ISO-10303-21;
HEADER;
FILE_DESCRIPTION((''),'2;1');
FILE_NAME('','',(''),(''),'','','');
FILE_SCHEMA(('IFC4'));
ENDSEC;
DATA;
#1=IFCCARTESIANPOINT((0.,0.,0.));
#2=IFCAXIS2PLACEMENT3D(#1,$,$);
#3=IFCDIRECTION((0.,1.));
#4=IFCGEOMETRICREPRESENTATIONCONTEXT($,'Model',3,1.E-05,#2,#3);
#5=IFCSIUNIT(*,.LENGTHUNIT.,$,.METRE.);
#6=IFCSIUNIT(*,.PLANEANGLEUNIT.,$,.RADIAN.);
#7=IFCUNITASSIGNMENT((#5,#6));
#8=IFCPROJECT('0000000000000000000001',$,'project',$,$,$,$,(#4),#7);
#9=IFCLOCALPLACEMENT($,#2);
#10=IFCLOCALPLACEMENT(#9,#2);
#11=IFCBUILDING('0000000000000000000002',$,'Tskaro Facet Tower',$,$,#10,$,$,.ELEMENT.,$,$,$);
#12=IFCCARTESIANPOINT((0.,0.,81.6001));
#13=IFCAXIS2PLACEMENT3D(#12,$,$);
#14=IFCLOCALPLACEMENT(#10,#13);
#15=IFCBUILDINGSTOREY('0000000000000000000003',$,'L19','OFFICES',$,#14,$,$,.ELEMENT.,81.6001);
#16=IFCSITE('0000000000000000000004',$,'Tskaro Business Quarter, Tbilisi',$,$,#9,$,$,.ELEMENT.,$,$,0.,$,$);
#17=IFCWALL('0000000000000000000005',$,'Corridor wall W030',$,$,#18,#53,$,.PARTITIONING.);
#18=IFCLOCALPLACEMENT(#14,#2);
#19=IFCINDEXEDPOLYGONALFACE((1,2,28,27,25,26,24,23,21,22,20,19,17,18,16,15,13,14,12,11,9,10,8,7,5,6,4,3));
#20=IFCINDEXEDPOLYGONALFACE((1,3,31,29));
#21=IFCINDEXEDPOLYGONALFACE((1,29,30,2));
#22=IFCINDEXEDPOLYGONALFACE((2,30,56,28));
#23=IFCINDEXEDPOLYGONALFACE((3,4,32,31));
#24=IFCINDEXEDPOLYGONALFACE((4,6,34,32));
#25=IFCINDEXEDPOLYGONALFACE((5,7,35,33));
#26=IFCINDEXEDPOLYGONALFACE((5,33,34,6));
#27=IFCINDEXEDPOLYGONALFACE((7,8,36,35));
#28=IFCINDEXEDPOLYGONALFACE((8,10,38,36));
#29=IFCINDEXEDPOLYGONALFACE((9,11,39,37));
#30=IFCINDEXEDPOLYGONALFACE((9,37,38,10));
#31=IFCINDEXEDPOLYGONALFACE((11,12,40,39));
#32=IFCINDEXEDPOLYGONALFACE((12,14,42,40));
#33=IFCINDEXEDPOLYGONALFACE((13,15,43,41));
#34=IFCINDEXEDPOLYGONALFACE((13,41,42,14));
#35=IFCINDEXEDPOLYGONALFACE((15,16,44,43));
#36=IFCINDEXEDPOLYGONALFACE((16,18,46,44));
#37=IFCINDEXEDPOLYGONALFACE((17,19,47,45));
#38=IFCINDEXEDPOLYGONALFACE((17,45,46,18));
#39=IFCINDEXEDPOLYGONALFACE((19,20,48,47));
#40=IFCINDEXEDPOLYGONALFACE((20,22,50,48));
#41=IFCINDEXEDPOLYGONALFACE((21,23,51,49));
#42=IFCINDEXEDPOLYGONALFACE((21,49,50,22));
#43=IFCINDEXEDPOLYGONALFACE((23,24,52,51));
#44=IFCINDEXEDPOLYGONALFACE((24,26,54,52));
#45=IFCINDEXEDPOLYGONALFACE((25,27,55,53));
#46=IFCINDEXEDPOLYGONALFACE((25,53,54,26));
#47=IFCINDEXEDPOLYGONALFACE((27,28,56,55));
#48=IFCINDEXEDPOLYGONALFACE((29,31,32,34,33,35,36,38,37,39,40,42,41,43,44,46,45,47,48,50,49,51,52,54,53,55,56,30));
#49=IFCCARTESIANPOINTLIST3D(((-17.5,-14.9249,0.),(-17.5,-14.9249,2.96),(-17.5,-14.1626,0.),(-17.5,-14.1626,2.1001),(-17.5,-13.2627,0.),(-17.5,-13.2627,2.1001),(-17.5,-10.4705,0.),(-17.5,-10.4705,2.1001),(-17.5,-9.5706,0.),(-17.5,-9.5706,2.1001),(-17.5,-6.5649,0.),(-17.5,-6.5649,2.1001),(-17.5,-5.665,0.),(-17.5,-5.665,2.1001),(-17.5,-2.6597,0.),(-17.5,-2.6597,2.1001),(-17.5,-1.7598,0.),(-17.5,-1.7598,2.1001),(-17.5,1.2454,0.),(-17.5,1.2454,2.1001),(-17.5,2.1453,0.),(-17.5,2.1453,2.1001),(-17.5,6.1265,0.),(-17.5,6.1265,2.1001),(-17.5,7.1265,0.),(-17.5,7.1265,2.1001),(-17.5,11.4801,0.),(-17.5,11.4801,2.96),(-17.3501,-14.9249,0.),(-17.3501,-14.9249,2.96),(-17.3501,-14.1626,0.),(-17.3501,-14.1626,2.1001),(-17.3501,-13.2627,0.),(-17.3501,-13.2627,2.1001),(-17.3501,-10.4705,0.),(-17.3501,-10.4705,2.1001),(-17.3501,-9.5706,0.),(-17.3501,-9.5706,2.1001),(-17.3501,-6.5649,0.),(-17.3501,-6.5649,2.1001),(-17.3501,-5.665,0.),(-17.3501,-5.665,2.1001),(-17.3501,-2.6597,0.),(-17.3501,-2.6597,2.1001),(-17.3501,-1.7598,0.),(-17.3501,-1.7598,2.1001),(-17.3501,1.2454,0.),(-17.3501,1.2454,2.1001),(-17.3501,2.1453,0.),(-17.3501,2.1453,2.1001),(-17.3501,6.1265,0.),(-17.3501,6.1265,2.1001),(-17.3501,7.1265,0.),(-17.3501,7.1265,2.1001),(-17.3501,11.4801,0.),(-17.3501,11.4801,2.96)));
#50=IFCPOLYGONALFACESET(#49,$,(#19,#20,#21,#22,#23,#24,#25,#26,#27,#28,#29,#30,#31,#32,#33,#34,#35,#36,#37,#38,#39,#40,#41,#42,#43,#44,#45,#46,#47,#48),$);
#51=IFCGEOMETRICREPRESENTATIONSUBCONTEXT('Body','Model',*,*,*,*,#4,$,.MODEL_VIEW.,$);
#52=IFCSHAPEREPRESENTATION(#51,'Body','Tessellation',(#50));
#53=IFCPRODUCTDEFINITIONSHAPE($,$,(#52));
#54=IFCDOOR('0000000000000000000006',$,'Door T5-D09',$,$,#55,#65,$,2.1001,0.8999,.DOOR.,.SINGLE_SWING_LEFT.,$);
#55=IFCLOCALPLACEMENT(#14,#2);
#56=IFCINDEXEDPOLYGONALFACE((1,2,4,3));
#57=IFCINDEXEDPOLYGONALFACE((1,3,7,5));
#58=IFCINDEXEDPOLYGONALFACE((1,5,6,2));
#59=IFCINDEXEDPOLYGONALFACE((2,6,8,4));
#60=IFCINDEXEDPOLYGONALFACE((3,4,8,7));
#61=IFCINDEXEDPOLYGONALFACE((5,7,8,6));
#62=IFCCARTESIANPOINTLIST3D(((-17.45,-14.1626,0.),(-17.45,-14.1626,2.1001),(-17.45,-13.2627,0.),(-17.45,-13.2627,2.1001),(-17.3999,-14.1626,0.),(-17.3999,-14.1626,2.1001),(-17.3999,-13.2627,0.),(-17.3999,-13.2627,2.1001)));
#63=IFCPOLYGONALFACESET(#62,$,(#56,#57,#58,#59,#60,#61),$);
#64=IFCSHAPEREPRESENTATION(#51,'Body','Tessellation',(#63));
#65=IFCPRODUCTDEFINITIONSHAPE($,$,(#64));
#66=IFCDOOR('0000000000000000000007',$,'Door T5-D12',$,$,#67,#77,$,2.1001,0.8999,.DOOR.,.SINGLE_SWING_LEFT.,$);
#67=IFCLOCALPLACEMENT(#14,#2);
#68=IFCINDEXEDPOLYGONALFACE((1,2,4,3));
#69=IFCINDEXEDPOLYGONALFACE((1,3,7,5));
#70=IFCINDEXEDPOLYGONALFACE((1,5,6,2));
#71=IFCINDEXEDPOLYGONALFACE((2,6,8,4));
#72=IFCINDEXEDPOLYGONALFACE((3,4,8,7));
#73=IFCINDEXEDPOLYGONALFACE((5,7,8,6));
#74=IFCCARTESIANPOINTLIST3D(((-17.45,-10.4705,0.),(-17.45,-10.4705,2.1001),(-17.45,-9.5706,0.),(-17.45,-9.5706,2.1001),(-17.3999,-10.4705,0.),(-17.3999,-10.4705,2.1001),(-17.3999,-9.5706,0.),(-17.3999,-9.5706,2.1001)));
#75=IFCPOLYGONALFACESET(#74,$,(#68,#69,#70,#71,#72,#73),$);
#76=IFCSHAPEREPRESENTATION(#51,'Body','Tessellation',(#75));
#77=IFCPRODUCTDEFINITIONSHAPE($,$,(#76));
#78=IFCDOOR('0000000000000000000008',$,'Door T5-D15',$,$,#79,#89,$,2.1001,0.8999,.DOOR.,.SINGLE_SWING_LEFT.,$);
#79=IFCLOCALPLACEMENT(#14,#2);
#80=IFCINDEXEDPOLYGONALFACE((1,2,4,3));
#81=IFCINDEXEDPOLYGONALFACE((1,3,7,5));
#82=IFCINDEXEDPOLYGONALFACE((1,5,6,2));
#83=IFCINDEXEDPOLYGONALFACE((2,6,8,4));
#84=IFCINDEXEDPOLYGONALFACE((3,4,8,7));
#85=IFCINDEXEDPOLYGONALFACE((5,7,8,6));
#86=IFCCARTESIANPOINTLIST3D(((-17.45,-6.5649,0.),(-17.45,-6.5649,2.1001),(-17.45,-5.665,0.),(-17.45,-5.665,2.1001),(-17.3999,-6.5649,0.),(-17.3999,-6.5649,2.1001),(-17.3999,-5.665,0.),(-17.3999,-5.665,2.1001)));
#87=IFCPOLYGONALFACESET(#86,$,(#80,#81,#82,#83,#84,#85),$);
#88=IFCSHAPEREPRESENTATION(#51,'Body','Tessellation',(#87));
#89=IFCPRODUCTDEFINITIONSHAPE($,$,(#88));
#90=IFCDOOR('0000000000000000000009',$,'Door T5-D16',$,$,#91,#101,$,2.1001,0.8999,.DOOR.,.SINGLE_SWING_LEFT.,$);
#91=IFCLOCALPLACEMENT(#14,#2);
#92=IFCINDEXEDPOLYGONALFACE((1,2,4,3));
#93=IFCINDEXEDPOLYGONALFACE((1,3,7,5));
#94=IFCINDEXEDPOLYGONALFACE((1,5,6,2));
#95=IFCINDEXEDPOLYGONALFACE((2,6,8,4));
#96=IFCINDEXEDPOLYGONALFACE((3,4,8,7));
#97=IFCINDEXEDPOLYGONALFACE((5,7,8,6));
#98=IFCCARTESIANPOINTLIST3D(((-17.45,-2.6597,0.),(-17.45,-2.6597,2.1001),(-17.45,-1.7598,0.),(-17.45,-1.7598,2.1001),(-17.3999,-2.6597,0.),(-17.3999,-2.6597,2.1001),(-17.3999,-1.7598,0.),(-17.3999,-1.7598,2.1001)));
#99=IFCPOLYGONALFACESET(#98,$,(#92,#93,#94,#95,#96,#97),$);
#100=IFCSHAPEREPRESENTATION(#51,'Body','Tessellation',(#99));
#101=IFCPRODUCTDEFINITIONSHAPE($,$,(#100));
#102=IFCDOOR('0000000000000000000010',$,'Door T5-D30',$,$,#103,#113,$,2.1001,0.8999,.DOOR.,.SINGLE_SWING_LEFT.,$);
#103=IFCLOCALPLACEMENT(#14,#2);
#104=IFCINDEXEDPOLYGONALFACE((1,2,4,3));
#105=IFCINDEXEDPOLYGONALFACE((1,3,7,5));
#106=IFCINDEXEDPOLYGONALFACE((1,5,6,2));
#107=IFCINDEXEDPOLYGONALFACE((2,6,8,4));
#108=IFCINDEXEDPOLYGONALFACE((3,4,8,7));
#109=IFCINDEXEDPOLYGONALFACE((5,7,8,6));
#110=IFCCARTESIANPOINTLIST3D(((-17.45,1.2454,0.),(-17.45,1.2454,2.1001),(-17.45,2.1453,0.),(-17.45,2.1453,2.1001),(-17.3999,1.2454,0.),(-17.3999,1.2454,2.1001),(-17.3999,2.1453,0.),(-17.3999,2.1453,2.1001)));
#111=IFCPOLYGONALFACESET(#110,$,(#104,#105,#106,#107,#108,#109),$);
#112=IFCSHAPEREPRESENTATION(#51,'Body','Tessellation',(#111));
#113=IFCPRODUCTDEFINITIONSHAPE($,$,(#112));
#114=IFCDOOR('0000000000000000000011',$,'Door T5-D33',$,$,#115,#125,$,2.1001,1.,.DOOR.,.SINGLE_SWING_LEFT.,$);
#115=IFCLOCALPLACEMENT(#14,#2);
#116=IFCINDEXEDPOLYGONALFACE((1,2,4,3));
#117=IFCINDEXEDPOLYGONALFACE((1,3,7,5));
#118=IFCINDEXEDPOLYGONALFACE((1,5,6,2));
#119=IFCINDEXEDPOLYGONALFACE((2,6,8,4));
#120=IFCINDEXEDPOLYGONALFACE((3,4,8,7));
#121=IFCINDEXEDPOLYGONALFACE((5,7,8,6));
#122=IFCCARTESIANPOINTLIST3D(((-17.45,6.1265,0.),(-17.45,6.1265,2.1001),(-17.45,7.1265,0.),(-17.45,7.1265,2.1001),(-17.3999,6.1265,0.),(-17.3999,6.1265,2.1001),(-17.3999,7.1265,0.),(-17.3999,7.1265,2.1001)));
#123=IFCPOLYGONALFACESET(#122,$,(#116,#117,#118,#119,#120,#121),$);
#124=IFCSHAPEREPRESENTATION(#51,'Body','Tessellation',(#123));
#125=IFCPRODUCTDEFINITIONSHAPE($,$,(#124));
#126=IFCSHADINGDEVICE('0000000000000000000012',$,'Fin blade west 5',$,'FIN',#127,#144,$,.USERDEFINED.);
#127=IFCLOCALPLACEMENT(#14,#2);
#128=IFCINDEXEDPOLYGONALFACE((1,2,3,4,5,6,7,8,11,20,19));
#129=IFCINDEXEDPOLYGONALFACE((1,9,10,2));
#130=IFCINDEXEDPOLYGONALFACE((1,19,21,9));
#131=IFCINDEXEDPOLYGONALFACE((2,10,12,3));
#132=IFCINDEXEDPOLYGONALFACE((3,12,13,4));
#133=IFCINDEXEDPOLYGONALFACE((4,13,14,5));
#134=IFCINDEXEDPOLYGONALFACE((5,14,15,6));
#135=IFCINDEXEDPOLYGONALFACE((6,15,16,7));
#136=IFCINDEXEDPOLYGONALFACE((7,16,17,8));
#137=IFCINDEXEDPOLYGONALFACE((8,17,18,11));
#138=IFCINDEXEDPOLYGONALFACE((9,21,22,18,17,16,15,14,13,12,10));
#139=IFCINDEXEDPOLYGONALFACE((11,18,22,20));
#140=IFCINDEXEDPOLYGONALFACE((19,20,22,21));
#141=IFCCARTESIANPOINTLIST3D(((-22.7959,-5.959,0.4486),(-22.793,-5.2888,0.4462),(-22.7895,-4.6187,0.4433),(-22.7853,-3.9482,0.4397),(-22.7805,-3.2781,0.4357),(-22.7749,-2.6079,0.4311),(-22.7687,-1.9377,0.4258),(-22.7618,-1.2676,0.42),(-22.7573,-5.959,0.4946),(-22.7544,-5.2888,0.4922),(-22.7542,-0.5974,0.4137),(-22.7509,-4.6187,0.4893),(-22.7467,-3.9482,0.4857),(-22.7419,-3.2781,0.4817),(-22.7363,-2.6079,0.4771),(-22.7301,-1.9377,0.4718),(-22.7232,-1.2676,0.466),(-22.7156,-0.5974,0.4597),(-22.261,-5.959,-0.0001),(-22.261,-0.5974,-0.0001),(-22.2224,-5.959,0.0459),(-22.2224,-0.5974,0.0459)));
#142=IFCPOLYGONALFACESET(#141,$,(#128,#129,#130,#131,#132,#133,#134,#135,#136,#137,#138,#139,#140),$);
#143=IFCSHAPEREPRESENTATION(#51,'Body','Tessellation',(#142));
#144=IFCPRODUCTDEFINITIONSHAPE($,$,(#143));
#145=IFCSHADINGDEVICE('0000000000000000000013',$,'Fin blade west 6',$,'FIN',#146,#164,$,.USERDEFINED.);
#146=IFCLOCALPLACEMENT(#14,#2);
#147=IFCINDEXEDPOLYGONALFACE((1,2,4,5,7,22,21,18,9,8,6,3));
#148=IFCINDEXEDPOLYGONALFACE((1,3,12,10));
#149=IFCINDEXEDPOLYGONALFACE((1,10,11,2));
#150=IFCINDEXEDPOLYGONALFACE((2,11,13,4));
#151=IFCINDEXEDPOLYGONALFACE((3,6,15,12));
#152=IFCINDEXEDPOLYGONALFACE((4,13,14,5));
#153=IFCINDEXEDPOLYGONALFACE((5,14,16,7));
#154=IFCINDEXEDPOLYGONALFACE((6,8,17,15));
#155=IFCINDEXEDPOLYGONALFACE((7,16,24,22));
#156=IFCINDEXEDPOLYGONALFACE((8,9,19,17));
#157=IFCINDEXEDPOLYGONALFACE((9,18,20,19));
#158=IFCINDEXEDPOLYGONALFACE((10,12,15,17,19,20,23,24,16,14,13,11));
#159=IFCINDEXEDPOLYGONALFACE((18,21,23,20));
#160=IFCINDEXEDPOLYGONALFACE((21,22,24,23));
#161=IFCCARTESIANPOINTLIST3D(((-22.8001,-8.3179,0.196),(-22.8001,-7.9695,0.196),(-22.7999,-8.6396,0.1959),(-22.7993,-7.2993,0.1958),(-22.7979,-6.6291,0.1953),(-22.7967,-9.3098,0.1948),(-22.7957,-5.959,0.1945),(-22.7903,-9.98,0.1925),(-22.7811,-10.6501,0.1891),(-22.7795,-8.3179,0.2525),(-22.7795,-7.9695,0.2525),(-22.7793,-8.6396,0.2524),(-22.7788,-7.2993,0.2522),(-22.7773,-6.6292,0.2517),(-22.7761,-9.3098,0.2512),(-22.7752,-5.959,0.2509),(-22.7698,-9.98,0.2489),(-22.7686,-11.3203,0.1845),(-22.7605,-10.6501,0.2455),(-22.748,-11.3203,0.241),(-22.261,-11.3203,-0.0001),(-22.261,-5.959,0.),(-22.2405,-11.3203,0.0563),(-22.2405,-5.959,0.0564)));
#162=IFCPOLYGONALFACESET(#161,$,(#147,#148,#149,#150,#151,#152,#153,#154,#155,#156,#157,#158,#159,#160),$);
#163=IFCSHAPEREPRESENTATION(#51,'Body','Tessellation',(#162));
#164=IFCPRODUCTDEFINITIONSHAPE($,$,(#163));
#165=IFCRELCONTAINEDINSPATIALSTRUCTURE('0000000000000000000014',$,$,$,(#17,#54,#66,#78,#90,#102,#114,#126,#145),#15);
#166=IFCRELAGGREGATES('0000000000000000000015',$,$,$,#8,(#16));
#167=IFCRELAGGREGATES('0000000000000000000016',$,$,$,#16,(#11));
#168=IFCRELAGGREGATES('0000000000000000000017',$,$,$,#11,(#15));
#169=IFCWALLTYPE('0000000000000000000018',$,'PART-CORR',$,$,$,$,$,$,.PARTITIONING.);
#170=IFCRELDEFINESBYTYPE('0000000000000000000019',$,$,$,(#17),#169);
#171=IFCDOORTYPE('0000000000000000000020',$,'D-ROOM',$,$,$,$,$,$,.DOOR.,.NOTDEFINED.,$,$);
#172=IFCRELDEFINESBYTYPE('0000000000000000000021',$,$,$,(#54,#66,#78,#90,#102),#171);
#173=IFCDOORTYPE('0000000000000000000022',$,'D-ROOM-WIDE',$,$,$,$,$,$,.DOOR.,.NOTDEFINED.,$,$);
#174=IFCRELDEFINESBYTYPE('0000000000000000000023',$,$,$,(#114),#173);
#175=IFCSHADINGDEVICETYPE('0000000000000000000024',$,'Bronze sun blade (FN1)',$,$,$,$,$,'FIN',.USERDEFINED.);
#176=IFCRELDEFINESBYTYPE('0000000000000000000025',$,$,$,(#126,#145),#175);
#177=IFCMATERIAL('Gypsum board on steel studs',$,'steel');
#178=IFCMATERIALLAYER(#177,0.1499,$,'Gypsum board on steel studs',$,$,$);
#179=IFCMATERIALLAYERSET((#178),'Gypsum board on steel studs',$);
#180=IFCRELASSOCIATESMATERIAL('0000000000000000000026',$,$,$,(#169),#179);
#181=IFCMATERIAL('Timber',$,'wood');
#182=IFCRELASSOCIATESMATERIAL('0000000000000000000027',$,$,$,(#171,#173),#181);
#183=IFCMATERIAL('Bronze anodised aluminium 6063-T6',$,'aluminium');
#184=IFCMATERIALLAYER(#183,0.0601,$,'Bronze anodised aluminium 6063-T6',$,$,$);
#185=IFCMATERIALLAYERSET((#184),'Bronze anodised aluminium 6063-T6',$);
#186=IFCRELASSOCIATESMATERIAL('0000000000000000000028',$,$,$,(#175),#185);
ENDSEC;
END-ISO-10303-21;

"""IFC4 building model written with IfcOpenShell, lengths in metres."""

from ifc_helpers import new_model, si_unit, direction, frame, frame_2d, origin, place, context, subcontext, project, spatial, polyline, rectangle, outline, extrude, material, layer, layer_set, type_object, element, fill, save


model = new_model("IFC4")

# Units and contexts
model_context = context("Model", 3, precision=1e-05, world=origin(), true_north=direction((0.0, 1.0)))
body_context = subcontext(model_context, "Body", "Model", "MODEL_VIEW")
ifc_project = project(units=[si_unit("LENGTHUNIT", "METRE"), si_unit("PLANEANGLEUNIT", "RADIAN")], contexts=[model_context])

# Site, building, storey
site_placement = place(None, origin())
site = spatial("IfcSite", under=ifc_project, at=site_placement, Name="Tskaro Business Quarter, Tbilisi", CompositionType="ELEMENT", RefElevation=0.0)
building_placement = place(site_placement, origin())
building = spatial("IfcBuilding", under=site, at=building_placement, Name="Tskaro Facet Tower", CompositionType="ELEMENT")
storey_placement = place(building_placement, frame((0.0, 0.0, 81.6001)))
storey = spatial("IfcBuildingStorey", under=building, at=storey_placement, Name="L19", Description="OFFICES", CompositionType="ELEMENT", Elevation=81.6001)

# Shared definitions
ifc_material_1 = material(Name="Bronze anodised aluminium 6063-T6", Category="aluminium")

# Shared definitions
ifc_material_2 = material(Name="Gypsum board on steel studs", Category="steel")

# Wall, openings, doors
ifc_layer_1 = layer(ifc_material_2, 0.1499, Name="Gypsum board on steel studs")
ifc_layer_set_1 = layer_set([ifc_layer_1], Name="Gypsum board on steel studs")
wall_type_1 = type_object("IfcWallType", Name="PART-CORR", PredefinedType="PARTITIONING", material=ifc_layer_set_1)
wall_placement = place(storey_placement, frame((-17.425, -14.925, 0.0), z_axis=(0.0, 0.0, 1.0), x_axis=(0.0, 1.0, 0.0)))
wall = element("IfcWall", 1, at=wall_placement, inside=storey, type_object=wall_type_1, Name="Corridor wall W030", PredefinedType="PARTITIONING", context=body_context, shape_type="SweptSolid", body=[
    extrude(rectangle(XDim=26.405, YDim=0.1499, at=frame_2d((13.2026, 0.0))), origin(), (0.0, 0.0, 1.0), 2.96),
])
opening_1_placement = place(wall_placement, frame((0.7625, 0.0, 0.0)))
opening_1 = element("IfcOpeningElement", 2, at=opening_1_placement, cuts=wall, PredefinedType="OPENING", context=body_context, shape_type="SweptSolid", body=[
    extrude(rectangle(XDim=0.8999, YDim=2.1001, at=frame_2d((0.45, 1.05))), frame((0.0, 0.085, 0.0), z_axis=(0.0, -1.0, 0.0), x_axis=(1.0, 0.0, 0.0)), (0.0, 0.0, 1.0), 0.1699),
])
opening_2_placement = place(wall_placement, frame((4.4546, 0.0, 0.0)))
opening_2 = element("IfcOpeningElement", 3, at=opening_2_placement, cuts=wall, PredefinedType="OPENING", context=body_context, shape_type="SweptSolid", body=[
    extrude(rectangle(XDim=0.8999, YDim=2.1001, at=frame_2d((0.45, 1.05))), frame((0.0, 0.085, 0.0), z_axis=(0.0, -1.0, 0.0), x_axis=(1.0, 0.0, 0.0)), (0.0, 0.0, 1.0), 0.1699),
])
opening_3_placement = place(wall_placement, frame((8.3601, 0.0, 0.0)))
opening_3 = element("IfcOpeningElement", 4, at=opening_3_placement, cuts=wall, PredefinedType="OPENING", context=body_context, shape_type="SweptSolid", body=[
    extrude(rectangle(XDim=0.8999, YDim=2.1001, at=frame_2d((0.45, 1.05))), frame((0.0, 0.085, 0.0), z_axis=(0.0, -1.0, 0.0), x_axis=(1.0, 0.0, 0.0)), (0.0, 0.0, 1.0), 0.1699),
])
opening_4_placement = place(wall_placement, frame((12.2654, 0.0, 0.0)))
opening_4 = element("IfcOpeningElement", 5, at=opening_4_placement, cuts=wall, PredefinedType="OPENING", context=body_context, shape_type="SweptSolid", body=[
    extrude(rectangle(XDim=0.8999, YDim=2.1001, at=frame_2d((0.45, 1.05))), frame((0.0, 0.085, 0.0), z_axis=(0.0, -1.0, 0.0), x_axis=(1.0, 0.0, 0.0)), (0.0, 0.0, 1.0), 0.1699),
])
opening_5_placement = place(wall_placement, frame((16.1704, 0.0, 0.0)))
opening_5 = element("IfcOpeningElement", 6, at=opening_5_placement, cuts=wall, PredefinedType="OPENING", context=body_context, shape_type="SweptSolid", body=[
    extrude(rectangle(XDim=0.8999, YDim=2.1001, at=frame_2d((0.45, 1.05))), frame((0.0, 0.085, 0.0), z_axis=(0.0, -1.0, 0.0), x_axis=(1.0, 0.0, 0.0)), (0.0, 0.0, 1.0), 0.1699),
])
opening_6_placement = place(wall_placement, frame((21.0515, 0.0, 0.0)))
opening_6 = element("IfcOpeningElement", 7, at=opening_6_placement, cuts=wall, PredefinedType="OPENING", context=body_context, shape_type="SweptSolid", body=[
    extrude(rectangle(XDim=1.0, YDim=2.1001, at=frame_2d((0.5, 1.05))), frame((0.0, 0.085, 0.0), z_axis=(0.0, -1.0, 0.0), x_axis=(1.0, 0.0, 0.0)), (0.0, 0.0, 1.0), 0.1699),
])
ifc_material_3 = material(Name="Timber", Category="wood")
door_type_1 = type_object("IfcDoorType", Name="D-ROOM", OperationType="NOTDEFINED", PredefinedType="DOOR", material=ifc_material_3)
door_1_placement = place(opening_1_placement, origin())
door_1 = element("IfcDoor", 8, at=door_1_placement, inside=storey, type_object=door_type_1, Name="Door T5-D09", OperationType="SINGLE_SWING_LEFT", OverallHeight=2.1001, OverallWidth=0.8999, PredefinedType="DOOR", context=body_context, shape_type="SweptSolid", body=[
    extrude(rectangle(XDim=0.8999, YDim=2.1001, at=frame_2d((0.45, 1.05))), frame((0.0, 0.0249, 0.0), z_axis=(0.0, -1.0, 0.0), x_axis=(1.0, 0.0, 0.0)), (0.0, 0.0, 1.0), 0.05),
])
fill(opening_1, door_1)
door_2_placement = place(opening_2_placement, origin())
door_2 = element("IfcDoor", 9, at=door_2_placement, inside=storey, type_object=door_type_1, Name="Door T5-D12", OperationType="SINGLE_SWING_LEFT", OverallHeight=2.1001, OverallWidth=0.8999, PredefinedType="DOOR", context=body_context, shape_type="SweptSolid", body=[
    extrude(rectangle(XDim=0.8999, YDim=2.1001, at=frame_2d((0.45, 1.05))), frame((0.0, 0.0249, 0.0), z_axis=(0.0, -1.0, 0.0), x_axis=(1.0, 0.0, 0.0)), (0.0, 0.0, 1.0), 0.05),
])
fill(opening_2, door_2)
door_3_placement = place(opening_3_placement, origin())
door_3 = element("IfcDoor", 10, at=door_3_placement, inside=storey, type_object=door_type_1, Name="Door T5-D15", OperationType="SINGLE_SWING_LEFT", OverallHeight=2.1001, OverallWidth=0.8999, PredefinedType="DOOR", context=body_context, shape_type="SweptSolid", body=[
    extrude(rectangle(XDim=0.8999, YDim=2.1001, at=frame_2d((0.45, 1.05))), frame((0.0, 0.0249, 0.0), z_axis=(0.0, -1.0, 0.0), x_axis=(1.0, 0.0, 0.0)), (0.0, 0.0, 1.0), 0.05),
])
fill(opening_3, door_3)
door_4_placement = place(opening_4_placement, origin())
door_4 = element("IfcDoor", 11, at=door_4_placement, inside=storey, type_object=door_type_1, Name="Door T5-D16", OperationType="SINGLE_SWING_LEFT", OverallHeight=2.1001, OverallWidth=0.8999, PredefinedType="DOOR", context=body_context, shape_type="SweptSolid", body=[
    extrude(rectangle(XDim=0.8999, YDim=2.1001, at=frame_2d((0.45, 1.05))), frame((0.0, 0.0249, 0.0), z_axis=(0.0, -1.0, 0.0), x_axis=(1.0, 0.0, 0.0)), (0.0, 0.0, 1.0), 0.05),
])
fill(opening_4, door_4)
door_5_placement = place(opening_5_placement, origin())
door_5 = element("IfcDoor", 12, at=door_5_placement, inside=storey, type_object=door_type_1, Name="Door T5-D30", OperationType="SINGLE_SWING_LEFT", OverallHeight=2.1001, OverallWidth=0.8999, PredefinedType="DOOR", context=body_context, shape_type="SweptSolid", body=[
    extrude(rectangle(XDim=0.8999, YDim=2.1001, at=frame_2d((0.45, 1.05))), frame((0.0, 0.0249, 0.0), z_axis=(0.0, -1.0, 0.0), x_axis=(1.0, 0.0, 0.0)), (0.0, 0.0, 1.0), 0.05),
])
fill(opening_5, door_5)
door_type_2 = type_object("IfcDoorType", Name="D-ROOM-WIDE", OperationType="NOTDEFINED", PredefinedType="DOOR", material=ifc_material_3)
door_6_placement = place(opening_6_placement, origin())
door_6 = element("IfcDoor", 13, at=door_6_placement, inside=storey, type_object=door_type_2, Name="Door T5-D33", OperationType="SINGLE_SWING_LEFT", OverallHeight=2.1001, OverallWidth=1.0, PredefinedType="DOOR", context=body_context, shape_type="SweptSolid", body=[
    extrude(rectangle(XDim=1.0, YDim=2.1001, at=frame_2d((0.5, 1.05))), frame((0.0, 0.0249, 0.0), z_axis=(0.0, -1.0, 0.0), x_axis=(1.0, 0.0, 0.0)), (0.0, 0.0, 1.0), 0.05),
])
fill(opening_6, door_6)

# Shading devices
ifc_layer_2 = layer(ifc_material_1, 0.0601, Name="Bronze anodised aluminium 6063-T6")
ifc_layer_set_2 = layer_set([ifc_layer_2], Name="Bronze anodised aluminium 6063-T6")
shading_device_type = type_object("IfcShadingDeviceType", Name="Bronze sun blade (FN1)", ElementType="FIN", PredefinedType="USERDEFINED", material=ifc_layer_set_2)
shading_device_1_placement = place(storey_placement, frame((-22.2224, -0.5974, 0.0459), z_axis=(0.642756, -0.000008, 0.766071), x_axis=(-0.000005, -1.0, -0.000006)))
element("IfcShadingDevice", 14, at=shading_device_1_placement, inside=storey, type_object=shading_device_type, Name="Fin blade west 5", ObjectType="FIN", PredefinedType="USERDEFINED", context=body_context, shape_type="SweptSolid", body=[
    extrude(outline(polyline([(0.0, 0.0), (5.3616, 0.0), (5.3616, -0.6982), (4.6914, -0.6944), (4.0212, -0.6899), (3.3508, -0.6843), (2.6807, -0.6781), (2.0105, -0.6708), (1.3403, -0.6627), (0.6702, -0.6537), (0.0, -0.6438), (0.0, 0.0)])), origin(), (0.0, 0.0, -1.0), 0.0601),
])
shading_device_2_placement = place(storey_placement, frame((-22.2405, -5.959, 0.0564), z_axis=(0.341866, -0.000013, 0.939749), x_axis=(-0.000004, -1.0, -0.000012)))
element("IfcShadingDevice", 15, at=shading_device_2_placement, inside=storey, type_object=shading_device_type, Name="Fin blade west 6", ObjectType="FIN", PredefinedType="USERDEFINED", context=body_context, shape_type="SweptSolid", body=[
    extrude(outline(polyline([(0.0, 0.0), (5.3613, 0.0), (5.3613, -0.5401), (4.6912, -0.5534), (4.021, -0.5633), (3.3508, -0.57), (2.6807, -0.5734), (2.3589, -0.5736), (2.0105, -0.5736), (1.3403, -0.5728), (0.6702, -0.5713), (0.0, -0.569), (0.0, 0.0)])), origin(), (0.0, 0.0, -1.0), 0.0601),
])

save(model, "model.ifc")
